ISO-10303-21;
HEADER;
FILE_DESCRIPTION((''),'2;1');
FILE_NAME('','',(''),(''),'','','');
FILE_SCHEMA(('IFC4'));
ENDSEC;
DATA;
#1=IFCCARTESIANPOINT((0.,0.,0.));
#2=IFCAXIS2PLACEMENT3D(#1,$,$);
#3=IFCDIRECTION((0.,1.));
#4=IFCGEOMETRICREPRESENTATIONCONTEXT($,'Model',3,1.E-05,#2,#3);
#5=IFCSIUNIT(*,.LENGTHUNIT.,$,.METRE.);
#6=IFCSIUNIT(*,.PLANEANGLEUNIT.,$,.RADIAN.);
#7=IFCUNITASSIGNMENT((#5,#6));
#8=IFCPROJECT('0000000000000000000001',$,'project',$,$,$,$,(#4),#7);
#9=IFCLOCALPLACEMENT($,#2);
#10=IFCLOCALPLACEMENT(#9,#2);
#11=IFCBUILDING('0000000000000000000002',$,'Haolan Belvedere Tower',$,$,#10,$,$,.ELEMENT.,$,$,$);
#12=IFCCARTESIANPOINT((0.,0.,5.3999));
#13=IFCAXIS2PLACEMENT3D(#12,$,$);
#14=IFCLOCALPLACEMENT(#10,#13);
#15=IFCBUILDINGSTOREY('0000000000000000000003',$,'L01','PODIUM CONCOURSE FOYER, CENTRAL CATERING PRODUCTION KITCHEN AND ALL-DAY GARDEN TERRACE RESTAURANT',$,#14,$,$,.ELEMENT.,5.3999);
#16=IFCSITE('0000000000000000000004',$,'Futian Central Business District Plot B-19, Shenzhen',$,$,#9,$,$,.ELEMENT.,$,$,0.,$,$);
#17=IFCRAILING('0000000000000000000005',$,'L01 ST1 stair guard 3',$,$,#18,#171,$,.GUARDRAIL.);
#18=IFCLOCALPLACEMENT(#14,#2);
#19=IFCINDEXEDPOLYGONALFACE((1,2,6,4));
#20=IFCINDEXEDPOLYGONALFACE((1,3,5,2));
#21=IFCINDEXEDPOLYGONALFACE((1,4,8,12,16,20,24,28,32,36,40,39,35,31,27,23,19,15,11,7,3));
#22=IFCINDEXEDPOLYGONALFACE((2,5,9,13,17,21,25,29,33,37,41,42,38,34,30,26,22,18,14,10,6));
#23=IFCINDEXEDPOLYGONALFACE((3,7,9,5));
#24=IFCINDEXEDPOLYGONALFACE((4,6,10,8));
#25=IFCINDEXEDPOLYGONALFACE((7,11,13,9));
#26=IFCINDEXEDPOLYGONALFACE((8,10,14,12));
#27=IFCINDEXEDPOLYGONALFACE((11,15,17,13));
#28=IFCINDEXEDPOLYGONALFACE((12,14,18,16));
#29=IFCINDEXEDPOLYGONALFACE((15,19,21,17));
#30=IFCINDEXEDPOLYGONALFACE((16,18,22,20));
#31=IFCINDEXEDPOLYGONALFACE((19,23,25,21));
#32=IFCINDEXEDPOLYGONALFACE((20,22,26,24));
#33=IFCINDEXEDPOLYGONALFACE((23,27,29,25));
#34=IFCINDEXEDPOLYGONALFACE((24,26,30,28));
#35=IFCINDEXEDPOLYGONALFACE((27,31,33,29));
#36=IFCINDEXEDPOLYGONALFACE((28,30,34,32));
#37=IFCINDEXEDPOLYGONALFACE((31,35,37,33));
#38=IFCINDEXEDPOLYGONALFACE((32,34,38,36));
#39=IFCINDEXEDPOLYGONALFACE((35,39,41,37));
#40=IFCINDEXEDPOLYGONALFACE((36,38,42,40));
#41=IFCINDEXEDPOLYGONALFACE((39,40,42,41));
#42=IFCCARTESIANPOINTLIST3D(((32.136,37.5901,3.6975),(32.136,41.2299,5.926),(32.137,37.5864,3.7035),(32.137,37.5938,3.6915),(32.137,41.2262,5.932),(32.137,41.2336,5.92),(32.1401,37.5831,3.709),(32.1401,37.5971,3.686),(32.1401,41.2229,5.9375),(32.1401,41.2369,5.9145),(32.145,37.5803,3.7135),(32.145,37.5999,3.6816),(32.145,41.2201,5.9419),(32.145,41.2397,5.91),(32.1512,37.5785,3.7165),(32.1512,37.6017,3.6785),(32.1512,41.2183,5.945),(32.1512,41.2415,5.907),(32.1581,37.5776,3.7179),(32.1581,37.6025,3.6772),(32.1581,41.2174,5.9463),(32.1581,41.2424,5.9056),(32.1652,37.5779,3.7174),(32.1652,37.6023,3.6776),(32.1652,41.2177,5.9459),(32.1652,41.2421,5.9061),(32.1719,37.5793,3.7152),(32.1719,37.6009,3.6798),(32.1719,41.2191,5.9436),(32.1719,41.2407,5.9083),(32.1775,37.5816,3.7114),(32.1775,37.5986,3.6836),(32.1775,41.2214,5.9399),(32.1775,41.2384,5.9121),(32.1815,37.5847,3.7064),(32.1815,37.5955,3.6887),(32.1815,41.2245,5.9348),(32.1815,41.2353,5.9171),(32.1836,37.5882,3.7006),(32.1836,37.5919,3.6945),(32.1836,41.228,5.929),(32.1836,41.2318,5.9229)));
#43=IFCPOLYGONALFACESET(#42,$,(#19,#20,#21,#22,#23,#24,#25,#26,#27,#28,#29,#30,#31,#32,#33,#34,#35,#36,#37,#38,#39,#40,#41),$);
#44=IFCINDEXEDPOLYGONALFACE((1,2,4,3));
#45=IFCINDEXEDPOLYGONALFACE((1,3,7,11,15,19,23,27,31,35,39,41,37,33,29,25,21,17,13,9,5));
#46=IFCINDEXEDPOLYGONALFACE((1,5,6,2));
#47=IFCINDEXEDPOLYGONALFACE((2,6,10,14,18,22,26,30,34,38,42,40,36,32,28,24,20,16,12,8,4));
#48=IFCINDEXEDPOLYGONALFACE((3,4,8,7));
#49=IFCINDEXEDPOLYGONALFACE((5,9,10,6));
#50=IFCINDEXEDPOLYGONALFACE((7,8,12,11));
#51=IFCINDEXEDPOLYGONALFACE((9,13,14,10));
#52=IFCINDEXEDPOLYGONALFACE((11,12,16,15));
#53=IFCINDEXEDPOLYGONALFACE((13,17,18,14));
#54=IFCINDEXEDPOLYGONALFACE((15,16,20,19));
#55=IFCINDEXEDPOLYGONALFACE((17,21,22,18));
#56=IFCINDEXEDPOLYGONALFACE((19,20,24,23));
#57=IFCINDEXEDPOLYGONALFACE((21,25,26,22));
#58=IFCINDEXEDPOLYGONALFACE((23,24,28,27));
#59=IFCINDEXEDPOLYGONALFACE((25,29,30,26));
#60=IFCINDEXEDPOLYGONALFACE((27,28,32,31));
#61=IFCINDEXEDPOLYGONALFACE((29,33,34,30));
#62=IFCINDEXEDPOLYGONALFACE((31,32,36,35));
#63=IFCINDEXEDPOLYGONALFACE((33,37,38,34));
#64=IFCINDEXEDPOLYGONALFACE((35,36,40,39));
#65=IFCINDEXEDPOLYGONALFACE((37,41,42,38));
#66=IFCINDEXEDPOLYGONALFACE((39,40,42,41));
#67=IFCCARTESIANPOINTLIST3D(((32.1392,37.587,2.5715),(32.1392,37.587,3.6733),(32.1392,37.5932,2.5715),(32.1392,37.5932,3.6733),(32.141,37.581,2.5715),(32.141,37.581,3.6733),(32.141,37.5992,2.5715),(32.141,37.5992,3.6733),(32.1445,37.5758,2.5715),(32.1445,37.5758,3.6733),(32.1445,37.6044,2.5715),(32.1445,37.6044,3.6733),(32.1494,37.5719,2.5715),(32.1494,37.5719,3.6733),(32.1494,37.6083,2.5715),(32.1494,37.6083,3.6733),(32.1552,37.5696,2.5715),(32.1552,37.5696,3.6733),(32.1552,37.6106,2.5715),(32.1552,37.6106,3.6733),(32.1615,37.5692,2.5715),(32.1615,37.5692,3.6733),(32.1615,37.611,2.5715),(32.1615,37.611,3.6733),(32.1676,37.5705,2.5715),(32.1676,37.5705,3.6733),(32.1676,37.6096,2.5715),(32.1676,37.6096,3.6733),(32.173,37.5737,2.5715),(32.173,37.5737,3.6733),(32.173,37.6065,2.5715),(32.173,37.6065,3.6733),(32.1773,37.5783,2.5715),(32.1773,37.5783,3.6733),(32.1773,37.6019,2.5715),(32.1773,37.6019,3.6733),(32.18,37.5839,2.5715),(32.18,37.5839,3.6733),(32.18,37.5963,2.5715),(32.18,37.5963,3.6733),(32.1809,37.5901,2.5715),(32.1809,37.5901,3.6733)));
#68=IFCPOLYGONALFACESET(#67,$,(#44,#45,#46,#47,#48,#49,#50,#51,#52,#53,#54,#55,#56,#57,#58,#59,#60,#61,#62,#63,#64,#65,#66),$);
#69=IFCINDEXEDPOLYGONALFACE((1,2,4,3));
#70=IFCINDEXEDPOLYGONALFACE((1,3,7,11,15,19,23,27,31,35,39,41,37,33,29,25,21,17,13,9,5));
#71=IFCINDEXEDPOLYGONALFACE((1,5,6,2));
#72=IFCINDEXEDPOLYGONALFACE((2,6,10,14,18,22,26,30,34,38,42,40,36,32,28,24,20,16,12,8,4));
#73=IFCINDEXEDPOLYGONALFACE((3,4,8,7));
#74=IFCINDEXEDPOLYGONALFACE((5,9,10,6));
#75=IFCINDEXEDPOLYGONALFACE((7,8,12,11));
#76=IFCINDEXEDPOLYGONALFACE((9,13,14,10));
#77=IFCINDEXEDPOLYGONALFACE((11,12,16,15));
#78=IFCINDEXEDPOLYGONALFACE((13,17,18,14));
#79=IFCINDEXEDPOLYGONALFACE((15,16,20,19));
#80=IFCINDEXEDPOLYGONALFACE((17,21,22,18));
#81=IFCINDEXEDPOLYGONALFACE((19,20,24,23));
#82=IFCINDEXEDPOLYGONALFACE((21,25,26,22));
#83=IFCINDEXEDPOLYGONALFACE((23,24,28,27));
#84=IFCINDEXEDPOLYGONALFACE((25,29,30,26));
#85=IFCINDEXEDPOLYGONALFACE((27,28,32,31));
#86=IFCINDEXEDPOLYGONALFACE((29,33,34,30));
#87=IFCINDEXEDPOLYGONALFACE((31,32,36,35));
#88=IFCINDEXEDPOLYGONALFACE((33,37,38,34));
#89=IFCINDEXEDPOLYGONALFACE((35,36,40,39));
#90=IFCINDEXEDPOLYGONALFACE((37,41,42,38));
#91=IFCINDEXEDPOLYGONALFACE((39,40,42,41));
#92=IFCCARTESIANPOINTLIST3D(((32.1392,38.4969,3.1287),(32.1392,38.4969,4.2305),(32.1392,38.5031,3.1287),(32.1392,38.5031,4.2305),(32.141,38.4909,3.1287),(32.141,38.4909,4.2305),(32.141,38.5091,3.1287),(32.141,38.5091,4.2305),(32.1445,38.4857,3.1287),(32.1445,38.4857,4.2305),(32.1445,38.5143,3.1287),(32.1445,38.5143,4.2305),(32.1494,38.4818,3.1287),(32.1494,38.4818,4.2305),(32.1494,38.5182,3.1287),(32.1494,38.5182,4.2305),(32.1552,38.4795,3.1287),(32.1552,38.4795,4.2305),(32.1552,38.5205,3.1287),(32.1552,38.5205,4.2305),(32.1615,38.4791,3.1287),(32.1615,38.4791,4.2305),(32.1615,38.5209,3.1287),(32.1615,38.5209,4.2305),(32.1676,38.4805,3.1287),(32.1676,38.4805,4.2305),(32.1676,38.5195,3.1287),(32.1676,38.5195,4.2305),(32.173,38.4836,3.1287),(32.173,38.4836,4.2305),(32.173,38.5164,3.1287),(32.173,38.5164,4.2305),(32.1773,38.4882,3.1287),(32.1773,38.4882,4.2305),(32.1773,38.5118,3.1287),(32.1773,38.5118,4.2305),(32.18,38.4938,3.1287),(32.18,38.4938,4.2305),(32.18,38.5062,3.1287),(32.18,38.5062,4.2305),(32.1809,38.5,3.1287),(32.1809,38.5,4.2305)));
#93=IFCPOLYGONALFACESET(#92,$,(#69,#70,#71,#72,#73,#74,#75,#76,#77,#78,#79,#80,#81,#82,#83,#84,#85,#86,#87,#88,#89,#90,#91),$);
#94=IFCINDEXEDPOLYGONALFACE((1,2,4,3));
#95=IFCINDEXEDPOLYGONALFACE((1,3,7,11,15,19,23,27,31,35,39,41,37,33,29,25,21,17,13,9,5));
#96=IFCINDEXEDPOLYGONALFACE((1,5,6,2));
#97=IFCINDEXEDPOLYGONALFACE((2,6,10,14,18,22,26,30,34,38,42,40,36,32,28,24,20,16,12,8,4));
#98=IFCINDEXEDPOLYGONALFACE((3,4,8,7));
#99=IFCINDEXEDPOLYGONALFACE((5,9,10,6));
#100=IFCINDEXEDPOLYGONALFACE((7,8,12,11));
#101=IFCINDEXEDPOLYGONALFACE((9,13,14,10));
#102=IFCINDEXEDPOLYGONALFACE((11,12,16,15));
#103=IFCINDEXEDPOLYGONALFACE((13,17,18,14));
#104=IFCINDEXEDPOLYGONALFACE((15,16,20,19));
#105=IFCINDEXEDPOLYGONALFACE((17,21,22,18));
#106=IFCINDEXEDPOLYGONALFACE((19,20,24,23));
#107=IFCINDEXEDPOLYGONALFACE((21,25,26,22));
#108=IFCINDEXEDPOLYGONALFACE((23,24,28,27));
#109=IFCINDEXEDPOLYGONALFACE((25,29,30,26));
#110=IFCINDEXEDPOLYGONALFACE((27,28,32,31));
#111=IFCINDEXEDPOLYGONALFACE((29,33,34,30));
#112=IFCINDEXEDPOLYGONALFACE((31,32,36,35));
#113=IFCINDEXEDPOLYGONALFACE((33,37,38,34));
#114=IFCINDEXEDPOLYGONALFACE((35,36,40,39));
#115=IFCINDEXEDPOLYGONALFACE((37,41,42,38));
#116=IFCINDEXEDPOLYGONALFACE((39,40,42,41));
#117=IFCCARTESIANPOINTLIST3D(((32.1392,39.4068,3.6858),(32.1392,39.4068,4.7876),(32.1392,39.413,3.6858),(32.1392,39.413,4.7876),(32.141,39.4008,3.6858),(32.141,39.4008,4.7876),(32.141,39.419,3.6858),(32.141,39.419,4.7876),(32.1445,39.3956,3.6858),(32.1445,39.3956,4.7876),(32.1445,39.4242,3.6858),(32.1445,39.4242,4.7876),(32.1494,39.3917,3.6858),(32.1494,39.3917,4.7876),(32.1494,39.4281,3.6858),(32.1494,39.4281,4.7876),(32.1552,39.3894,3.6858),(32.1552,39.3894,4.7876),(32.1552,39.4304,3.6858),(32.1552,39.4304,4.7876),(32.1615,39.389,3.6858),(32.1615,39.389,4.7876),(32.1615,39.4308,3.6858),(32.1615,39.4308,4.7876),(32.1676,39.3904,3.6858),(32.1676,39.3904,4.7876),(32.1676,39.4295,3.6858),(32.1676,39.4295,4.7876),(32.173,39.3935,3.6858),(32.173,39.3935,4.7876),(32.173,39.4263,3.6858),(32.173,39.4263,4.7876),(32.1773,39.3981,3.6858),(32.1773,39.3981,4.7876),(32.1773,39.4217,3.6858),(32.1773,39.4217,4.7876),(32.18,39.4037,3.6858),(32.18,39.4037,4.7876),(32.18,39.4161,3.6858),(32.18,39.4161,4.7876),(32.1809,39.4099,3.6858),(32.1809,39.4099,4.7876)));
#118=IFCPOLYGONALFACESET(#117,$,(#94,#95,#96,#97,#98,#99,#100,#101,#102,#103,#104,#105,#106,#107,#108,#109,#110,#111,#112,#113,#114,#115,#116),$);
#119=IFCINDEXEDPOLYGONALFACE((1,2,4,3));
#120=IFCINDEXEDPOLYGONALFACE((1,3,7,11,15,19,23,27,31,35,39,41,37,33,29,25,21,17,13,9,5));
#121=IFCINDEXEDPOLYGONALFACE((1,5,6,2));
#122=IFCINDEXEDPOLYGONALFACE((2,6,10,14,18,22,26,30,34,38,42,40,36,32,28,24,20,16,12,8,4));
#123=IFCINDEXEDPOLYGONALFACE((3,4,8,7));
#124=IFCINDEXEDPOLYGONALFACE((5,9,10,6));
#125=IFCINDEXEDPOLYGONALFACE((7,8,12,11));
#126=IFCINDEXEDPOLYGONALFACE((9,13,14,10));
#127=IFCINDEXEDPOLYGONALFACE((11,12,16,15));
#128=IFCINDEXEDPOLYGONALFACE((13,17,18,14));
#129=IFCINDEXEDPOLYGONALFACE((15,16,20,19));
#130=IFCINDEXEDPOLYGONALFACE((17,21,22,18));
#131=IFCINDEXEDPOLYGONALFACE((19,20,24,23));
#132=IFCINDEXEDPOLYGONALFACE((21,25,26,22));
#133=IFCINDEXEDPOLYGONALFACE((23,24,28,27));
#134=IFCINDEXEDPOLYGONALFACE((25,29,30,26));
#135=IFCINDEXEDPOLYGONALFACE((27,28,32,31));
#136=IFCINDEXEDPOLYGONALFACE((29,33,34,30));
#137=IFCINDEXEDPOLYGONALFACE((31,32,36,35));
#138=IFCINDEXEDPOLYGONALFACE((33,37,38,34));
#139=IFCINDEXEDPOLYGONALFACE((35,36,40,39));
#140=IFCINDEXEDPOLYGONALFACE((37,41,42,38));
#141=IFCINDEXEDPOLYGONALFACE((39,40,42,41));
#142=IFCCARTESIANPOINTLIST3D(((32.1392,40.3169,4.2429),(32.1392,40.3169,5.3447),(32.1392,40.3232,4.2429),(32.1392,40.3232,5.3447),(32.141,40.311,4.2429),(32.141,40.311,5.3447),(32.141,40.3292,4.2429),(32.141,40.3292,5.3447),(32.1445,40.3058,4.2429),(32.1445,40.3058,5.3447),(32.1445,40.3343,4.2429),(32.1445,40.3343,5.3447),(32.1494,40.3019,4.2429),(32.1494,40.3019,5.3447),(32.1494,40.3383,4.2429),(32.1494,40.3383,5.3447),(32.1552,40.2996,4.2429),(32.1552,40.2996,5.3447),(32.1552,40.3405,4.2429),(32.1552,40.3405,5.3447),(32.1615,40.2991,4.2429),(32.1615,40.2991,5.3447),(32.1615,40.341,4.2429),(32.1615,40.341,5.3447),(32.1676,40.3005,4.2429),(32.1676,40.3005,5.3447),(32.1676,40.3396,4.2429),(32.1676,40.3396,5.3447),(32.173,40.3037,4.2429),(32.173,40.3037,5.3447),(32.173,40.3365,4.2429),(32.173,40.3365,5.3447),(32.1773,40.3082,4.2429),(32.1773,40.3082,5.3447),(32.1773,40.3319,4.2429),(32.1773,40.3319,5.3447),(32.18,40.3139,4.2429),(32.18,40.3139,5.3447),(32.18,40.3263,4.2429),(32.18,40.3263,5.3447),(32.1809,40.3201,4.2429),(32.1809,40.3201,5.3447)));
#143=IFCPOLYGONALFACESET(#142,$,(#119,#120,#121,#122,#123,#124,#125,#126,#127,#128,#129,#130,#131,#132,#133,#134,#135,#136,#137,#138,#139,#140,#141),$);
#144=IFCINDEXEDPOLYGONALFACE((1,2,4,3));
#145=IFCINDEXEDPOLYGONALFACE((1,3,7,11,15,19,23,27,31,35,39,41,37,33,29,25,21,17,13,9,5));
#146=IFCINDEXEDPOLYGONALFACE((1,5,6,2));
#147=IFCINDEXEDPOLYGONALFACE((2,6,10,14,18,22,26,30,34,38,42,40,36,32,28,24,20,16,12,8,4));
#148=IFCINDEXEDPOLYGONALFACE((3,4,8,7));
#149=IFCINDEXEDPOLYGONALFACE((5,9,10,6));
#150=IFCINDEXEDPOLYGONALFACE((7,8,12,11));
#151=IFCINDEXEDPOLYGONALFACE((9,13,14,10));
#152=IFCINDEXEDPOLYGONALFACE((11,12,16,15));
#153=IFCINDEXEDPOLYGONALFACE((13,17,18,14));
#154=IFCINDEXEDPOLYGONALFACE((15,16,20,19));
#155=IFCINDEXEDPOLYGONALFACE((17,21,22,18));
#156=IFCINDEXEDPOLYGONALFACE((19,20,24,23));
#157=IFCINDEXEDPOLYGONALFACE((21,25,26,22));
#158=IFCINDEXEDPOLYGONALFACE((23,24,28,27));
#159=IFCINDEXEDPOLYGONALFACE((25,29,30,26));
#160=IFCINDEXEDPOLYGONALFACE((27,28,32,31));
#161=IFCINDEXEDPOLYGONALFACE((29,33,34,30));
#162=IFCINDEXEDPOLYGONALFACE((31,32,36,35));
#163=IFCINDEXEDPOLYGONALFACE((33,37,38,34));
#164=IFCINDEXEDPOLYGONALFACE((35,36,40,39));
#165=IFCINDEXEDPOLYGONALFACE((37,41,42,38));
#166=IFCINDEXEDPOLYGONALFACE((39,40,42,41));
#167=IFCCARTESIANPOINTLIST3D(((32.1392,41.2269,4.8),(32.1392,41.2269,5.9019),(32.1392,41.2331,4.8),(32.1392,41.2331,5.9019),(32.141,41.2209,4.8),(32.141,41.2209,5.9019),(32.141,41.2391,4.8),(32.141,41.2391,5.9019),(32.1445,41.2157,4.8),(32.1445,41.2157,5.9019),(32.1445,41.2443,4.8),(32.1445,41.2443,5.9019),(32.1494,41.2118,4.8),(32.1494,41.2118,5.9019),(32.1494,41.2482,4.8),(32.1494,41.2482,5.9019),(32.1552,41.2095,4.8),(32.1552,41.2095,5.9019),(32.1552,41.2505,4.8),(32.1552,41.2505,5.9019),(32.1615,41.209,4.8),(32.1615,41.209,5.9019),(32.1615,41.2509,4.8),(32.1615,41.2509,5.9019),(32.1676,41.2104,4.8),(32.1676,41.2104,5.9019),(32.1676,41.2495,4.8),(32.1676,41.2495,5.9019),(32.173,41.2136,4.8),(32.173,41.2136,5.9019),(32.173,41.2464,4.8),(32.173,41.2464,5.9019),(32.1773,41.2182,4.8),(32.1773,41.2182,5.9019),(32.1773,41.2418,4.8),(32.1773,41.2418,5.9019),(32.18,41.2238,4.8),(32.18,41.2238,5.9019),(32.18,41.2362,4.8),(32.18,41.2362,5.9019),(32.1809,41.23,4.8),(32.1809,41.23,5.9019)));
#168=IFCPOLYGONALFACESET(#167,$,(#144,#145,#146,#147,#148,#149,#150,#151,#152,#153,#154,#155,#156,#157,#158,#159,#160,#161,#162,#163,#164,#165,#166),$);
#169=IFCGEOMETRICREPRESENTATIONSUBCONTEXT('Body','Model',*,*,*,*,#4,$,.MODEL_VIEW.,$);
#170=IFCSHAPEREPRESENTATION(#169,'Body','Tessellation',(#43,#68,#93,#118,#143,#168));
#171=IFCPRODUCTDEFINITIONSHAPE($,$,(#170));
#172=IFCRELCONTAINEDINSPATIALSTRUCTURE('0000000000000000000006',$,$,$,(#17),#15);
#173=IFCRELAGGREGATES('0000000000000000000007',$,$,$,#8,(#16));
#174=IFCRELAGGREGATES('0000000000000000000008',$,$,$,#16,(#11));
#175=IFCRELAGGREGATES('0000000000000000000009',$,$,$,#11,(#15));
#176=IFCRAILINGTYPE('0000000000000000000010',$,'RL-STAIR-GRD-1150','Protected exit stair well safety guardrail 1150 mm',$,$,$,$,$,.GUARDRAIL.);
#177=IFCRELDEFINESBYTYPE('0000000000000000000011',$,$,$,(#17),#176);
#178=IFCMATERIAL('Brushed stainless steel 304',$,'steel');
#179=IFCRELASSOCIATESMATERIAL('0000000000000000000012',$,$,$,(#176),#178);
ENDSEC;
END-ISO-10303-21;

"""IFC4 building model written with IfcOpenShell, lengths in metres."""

from ifc_helpers import new_model, si_unit, direction, frame, origin, origin_2d, place, context, subcontext, project, spatial, circle, extrude, material, type_object, element, save


model = new_model("IFC4")

# Units and contexts
model_context = context("Model", 3, precision=1e-05, world=origin(), true_north=direction((0.0, 1.0)))
body_context = subcontext(model_context, "Body", "Model", "MODEL_VIEW")
ifc_project = project(units=[si_unit("LENGTHUNIT", "METRE"), si_unit("PLANEANGLEUNIT", "RADIAN")], contexts=[model_context])

# Site, building, storey
site_placement = place(None, origin())
site = spatial("IfcSite", under=ifc_project, at=site_placement, Name="Futian Central Business District Plot B-19, Shenzhen", CompositionType="ELEMENT", RefElevation=0.0)
building_placement = place(site_placement, origin())
building = spatial("IfcBuilding", under=site, at=building_placement, Name="Haolan Belvedere Tower", CompositionType="ELEMENT")
storey_placement = place(building_placement, frame((0.0, 0.0, 5.3999)))
storey = spatial("IfcBuildingStorey", under=building, at=storey_placement, Name="L01", Description="PODIUM CONCOURSE FOYER, CENTRAL CATERING PRODUCTION KITCHEN AND ALL-DAY GARDEN TERRACE RESTAURANT", CompositionType="ELEMENT", Elevation=5.3999)

# Railing
ifc_material_1 = material(Name="Brushed stainless steel 304", Category="steel")
railing_type_1 = type_object("IfcRailingType", Name="RL-STAIR-GRD-1150", Description="Protected exit stair well safety guardrail 1150 mm", PredefinedType="GUARDRAIL", material=ifc_material_1)
railing_1_placement = place(storey_placement, frame((32.1599, 37.5901, 2.5715)))
element("IfcRailing", 1, at=railing_1_placement, inside=storey, type_object=railing_type_1, Name="L01 ST1 stair guard 3", PredefinedType="GUARDRAIL", context=body_context, shape_type="SweptSolid", body=[
    extrude(circle(Radius=0.0239, at=origin_2d()), frame((0.0, 0.0, 1.126), z_axis=(0.0, 0.85285, 0.522156), x_axis=(-1.0, 0.0, 0.0)), (0.0, 0.0, 1.0), 4.2678),
    extrude(circle(Radius=0.021, at=origin_2d()), origin(), (0.0, 0.0, 1.0), 1.1018),
    extrude(circle(Radius=0.021, at=origin_2d()), frame((0.0, 0.9099, 0.5571)), (0.0, 0.0, 1.0), 1.1018),
    extrude(circle(Radius=0.021, at=origin_2d()), frame((0.0, 1.8198, 1.1143)), (0.0, 0.0, 1.0), 1.1018),
    extrude(circle(Radius=0.021, at=origin_2d()), frame((0.0, 2.73, 1.6714)), (0.0, 0.0, 1.0), 1.1018),
    extrude(circle(Radius=0.021, at=origin_2d()), frame((0.0, 3.6399, 2.2285)), (0.0, 0.0, 1.0), 1.1018),
])

save(model, "model.ifc")
